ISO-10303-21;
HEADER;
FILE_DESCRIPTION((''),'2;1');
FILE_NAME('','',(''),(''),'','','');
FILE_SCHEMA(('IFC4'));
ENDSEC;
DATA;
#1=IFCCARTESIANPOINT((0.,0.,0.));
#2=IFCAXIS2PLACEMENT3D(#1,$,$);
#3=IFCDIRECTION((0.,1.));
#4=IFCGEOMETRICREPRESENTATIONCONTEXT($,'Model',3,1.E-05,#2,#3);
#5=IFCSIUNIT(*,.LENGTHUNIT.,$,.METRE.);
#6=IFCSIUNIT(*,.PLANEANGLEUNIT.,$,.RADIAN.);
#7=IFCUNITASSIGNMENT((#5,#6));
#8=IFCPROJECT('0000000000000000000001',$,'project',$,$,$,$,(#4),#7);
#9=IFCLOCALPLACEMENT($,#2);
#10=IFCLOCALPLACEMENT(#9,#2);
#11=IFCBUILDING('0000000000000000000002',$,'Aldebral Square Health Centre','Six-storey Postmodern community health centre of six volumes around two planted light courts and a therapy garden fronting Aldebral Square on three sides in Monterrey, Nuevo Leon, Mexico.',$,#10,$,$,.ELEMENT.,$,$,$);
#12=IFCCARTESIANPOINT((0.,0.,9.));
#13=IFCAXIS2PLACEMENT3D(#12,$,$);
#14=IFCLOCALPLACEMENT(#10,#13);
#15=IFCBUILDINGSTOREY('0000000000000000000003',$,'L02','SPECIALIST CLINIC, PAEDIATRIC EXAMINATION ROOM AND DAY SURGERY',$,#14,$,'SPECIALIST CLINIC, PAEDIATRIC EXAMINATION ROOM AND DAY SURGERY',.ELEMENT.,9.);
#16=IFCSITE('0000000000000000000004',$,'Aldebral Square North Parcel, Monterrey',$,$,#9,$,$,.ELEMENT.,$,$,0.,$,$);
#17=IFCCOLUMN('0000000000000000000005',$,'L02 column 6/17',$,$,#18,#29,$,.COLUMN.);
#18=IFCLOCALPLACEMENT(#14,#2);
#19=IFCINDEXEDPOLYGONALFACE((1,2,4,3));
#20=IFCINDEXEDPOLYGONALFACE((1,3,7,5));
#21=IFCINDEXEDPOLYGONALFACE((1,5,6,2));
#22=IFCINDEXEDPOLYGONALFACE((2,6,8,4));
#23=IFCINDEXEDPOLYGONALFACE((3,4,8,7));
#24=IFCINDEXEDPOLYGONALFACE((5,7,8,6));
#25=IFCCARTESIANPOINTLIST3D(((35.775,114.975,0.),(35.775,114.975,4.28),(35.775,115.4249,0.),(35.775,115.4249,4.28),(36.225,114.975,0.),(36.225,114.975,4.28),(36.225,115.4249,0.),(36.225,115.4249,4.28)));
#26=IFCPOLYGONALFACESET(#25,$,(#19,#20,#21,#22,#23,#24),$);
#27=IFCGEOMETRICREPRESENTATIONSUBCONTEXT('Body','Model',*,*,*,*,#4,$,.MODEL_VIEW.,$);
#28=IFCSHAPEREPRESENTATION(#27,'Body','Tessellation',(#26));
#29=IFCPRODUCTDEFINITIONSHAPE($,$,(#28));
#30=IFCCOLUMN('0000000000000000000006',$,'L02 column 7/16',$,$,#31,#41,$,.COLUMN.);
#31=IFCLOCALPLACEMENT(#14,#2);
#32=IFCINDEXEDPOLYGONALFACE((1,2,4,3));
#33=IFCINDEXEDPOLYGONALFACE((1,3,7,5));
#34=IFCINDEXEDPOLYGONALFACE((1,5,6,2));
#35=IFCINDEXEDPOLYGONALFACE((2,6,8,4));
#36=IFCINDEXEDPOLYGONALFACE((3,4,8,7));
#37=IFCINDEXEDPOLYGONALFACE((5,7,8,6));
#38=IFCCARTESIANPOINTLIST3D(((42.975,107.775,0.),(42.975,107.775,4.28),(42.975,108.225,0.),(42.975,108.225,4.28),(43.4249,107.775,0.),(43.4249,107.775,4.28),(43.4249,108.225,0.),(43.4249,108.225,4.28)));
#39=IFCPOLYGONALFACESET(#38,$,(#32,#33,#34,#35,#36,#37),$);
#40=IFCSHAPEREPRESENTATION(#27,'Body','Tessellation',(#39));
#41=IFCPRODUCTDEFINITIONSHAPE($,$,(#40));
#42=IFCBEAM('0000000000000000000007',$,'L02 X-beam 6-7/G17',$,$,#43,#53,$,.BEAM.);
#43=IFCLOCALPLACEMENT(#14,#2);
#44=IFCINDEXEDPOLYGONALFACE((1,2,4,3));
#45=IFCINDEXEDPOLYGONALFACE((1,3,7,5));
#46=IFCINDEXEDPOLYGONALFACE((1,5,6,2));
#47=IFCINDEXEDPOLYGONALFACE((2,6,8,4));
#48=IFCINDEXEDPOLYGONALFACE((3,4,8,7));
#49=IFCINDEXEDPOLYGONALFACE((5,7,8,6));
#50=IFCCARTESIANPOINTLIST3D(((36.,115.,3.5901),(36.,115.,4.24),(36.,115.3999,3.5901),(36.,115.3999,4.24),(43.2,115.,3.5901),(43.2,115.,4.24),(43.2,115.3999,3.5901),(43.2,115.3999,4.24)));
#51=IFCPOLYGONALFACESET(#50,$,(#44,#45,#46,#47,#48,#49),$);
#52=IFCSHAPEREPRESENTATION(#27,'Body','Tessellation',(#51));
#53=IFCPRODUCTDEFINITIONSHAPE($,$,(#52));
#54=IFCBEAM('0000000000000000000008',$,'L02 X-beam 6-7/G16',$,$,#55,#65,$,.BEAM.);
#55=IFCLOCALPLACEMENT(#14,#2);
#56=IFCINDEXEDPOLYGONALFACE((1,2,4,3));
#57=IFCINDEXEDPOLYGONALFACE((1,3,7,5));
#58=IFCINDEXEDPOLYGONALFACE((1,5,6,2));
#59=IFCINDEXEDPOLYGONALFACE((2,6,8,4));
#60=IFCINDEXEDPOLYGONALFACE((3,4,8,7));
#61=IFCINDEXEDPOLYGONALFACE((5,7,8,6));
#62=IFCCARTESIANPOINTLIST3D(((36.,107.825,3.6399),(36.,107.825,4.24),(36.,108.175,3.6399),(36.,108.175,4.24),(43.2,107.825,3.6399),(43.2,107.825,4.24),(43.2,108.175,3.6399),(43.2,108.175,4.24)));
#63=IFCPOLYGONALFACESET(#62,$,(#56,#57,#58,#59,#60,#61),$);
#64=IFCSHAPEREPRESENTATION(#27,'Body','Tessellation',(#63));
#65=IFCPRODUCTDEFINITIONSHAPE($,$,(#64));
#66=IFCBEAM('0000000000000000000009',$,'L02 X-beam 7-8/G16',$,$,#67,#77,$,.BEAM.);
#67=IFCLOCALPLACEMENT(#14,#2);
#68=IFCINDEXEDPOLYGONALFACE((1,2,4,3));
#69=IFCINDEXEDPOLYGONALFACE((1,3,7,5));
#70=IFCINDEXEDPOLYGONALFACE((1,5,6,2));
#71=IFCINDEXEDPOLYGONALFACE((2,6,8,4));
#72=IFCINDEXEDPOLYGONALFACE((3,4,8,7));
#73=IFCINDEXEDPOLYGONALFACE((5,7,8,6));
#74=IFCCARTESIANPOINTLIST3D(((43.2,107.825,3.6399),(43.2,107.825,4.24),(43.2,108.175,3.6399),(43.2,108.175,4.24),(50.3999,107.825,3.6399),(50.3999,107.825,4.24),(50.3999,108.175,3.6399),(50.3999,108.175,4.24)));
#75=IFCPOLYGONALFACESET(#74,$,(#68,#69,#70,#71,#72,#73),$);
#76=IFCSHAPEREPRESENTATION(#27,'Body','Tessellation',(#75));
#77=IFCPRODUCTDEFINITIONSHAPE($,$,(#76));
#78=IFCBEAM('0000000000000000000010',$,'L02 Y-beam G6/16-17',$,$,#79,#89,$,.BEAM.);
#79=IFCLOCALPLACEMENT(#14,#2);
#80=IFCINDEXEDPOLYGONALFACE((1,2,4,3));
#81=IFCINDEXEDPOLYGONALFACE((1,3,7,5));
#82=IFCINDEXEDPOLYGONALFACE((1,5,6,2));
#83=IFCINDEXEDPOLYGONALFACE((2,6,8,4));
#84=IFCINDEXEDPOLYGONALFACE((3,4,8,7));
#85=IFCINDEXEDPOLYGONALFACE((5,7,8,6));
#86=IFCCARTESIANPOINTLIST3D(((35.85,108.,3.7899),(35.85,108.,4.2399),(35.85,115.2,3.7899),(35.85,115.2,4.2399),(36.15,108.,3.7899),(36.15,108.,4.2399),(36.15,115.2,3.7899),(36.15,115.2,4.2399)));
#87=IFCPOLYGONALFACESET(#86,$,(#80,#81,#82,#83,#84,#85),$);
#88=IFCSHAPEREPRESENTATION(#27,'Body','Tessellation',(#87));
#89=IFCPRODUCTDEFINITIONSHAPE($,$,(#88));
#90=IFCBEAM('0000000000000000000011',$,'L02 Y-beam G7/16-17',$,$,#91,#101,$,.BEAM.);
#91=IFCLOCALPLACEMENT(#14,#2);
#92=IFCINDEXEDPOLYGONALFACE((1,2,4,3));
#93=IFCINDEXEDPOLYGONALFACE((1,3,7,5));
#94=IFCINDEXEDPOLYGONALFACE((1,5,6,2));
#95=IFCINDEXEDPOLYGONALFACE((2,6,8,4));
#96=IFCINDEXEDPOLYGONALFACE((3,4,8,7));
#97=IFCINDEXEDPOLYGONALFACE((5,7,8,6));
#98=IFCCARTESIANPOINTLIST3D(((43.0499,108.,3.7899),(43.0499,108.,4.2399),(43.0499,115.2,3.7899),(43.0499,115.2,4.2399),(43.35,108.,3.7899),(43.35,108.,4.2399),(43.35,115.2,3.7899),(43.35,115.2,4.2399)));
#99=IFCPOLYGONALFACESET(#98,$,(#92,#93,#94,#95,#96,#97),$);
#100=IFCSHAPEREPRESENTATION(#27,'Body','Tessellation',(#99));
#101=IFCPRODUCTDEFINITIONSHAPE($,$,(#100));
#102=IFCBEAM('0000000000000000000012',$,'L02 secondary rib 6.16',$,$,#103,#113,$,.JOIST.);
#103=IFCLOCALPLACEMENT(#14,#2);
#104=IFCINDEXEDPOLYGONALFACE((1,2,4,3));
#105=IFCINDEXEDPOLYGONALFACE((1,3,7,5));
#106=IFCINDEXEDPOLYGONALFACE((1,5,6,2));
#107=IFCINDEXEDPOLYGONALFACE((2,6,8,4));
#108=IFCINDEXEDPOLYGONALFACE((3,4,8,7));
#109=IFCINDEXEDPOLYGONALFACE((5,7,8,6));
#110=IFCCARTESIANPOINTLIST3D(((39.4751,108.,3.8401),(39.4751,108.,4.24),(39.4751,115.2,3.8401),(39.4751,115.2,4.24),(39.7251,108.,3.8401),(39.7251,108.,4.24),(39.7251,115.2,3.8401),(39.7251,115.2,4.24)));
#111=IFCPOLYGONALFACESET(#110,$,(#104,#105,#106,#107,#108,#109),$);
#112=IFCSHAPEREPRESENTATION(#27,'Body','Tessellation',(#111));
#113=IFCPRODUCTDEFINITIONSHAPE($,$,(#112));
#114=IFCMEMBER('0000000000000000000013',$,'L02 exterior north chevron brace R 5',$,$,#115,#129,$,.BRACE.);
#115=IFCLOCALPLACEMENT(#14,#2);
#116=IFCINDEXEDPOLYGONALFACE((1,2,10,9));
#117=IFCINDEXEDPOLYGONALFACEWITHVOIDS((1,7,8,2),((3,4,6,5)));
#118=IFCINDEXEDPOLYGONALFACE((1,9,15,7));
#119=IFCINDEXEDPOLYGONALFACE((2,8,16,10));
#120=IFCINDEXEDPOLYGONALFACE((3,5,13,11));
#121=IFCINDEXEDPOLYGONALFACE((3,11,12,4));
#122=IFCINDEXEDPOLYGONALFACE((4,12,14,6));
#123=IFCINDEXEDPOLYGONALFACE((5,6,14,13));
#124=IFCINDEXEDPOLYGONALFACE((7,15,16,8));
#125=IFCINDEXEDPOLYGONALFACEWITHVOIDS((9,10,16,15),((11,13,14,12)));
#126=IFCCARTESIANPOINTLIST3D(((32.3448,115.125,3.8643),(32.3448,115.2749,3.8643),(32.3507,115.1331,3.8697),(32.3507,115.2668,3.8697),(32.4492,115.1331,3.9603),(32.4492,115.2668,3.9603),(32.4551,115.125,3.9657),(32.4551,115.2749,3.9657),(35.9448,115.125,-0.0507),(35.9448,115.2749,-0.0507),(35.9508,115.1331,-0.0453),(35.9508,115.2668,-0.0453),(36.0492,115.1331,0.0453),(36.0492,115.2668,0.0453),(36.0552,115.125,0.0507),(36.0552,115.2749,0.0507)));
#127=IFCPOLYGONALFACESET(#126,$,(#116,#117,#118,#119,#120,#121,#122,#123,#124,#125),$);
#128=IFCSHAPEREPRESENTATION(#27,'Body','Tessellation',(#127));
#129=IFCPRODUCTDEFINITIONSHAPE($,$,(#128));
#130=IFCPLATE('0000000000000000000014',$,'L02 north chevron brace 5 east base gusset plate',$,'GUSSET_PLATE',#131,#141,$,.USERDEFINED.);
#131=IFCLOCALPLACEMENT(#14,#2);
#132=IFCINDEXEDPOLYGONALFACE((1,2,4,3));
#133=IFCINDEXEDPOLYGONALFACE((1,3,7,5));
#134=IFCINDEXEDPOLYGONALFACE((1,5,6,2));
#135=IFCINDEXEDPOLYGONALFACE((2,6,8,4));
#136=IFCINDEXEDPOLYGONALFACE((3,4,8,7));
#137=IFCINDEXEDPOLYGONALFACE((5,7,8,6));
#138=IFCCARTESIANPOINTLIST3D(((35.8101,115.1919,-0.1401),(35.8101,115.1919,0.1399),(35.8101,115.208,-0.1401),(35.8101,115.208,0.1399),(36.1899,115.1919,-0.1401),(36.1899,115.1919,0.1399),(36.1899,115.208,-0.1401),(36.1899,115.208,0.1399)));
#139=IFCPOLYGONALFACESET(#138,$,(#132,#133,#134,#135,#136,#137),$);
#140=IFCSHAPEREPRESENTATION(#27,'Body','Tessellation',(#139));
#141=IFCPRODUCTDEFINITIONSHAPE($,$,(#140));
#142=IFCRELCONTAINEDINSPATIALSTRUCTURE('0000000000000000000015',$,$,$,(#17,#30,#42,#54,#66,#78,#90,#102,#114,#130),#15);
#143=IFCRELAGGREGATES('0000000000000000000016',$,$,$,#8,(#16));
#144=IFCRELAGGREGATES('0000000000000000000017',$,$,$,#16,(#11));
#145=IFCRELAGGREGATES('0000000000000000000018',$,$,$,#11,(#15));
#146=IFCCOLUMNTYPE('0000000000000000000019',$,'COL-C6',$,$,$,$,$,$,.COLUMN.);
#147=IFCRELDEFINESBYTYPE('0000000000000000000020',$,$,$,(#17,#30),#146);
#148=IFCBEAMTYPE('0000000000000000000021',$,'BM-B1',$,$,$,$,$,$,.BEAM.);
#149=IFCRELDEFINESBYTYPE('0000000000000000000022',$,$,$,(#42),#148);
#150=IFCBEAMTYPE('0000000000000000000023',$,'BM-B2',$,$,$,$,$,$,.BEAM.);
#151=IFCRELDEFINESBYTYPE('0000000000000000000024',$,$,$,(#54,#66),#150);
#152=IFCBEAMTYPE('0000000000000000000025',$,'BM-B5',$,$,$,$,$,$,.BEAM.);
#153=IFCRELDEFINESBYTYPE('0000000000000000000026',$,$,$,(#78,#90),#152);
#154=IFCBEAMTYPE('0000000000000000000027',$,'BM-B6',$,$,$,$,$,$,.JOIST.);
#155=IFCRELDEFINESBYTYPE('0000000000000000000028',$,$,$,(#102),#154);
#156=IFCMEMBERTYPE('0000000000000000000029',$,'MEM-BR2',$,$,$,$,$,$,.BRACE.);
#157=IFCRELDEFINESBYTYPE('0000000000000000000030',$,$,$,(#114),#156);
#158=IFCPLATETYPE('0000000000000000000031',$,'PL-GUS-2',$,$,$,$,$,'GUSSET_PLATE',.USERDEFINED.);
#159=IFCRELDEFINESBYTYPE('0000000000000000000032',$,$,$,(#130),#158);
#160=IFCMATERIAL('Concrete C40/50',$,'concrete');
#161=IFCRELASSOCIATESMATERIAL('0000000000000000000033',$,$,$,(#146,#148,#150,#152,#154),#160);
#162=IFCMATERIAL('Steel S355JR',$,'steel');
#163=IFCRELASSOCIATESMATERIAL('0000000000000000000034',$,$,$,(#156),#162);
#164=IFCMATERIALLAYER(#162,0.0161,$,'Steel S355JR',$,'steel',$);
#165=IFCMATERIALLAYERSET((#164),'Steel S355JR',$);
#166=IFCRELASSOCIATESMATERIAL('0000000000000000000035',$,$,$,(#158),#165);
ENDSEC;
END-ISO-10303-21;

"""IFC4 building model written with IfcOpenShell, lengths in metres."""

from ifc_helpers import new_model, si_unit, direction, frame, origin, origin_2d, place, context, subcontext, project, spatial, rectangle, hollow_rectangle, extrude, material, layer, layer_set, material_profile, profile_set, type_object, element, save


model = new_model("IFC4")

# Units and contexts
model_context = context("Model", 3, precision=1e-05, world=origin(), true_north=direction((0.0, 1.0)))
body_context = subcontext(model_context, "Body", "Model", "MODEL_VIEW")
ifc_project = project(units=[si_unit("LENGTHUNIT", "METRE"), si_unit("PLANEANGLEUNIT", "RADIAN")], contexts=[model_context])

# Site, building, storey
site_placement = place(None, origin())
site = spatial("IfcSite", under=ifc_project, at=site_placement, Name="Aldebral Square North Parcel, Monterrey", CompositionType="ELEMENT", RefElevation=0.0)
building_placement = place(site_placement, origin())
building = spatial("IfcBuilding", under=site, at=building_placement, Name="Aldebral Square Health Centre", Description="Six-storey Postmodern community health centre of six volumes around two planted light courts and a therapy garden fronting Aldebral Square on three sides in Monterrey, Nuevo Leon, Mexico.", CompositionType="ELEMENT")
storey_placement = place(building_placement, frame((0.0, 0.0, 9.0)))
storey = spatial("IfcBuildingStorey", under=building, at=storey_placement, Name="L02", Description="SPECIALIST CLINIC, PAEDIATRIC EXAMINATION ROOM AND DAY SURGERY", LongName="SPECIALIST CLINIC, PAEDIATRIC EXAMINATION ROOM AND DAY SURGERY", CompositionType="ELEMENT", Elevation=9.0)

# Columns
ifc_material_1 = material(Name="Concrete C40/50", Category="concrete")
ifc_material_profile_1 = material_profile(ifc_material_1, rectangle(XDim=0.45, YDim=0.45, at=origin_2d()), Name="RC 450x450")
ifc_profile_set_1 = profile_set([ifc_material_profile_1], Name="Concrete C40/50")
column_type = type_object("IfcColumnType", Name="COL-C6", PredefinedType="COLUMN", material=ifc_profile_set_1)
for number, where, z_axis, x_axis, name in (
    (1, (36.0, 115.2, 0.0), (0.0, 0.0, 1.0), (1.0, 0.0, 0.0), "L02 column 6/17"),
    (2, (43.2, 108.0, 0.0), (0.0, 0.0, 1.0), (1.0, 0.0, 0.0), "L02 column 7/16"),
):
    element("IfcColumn", number, at=place(storey_placement, frame(where, z_axis=z_axis, x_axis=x_axis)), inside=storey, type_object=column_type, Name=name, PredefinedType="COLUMN", context=body_context, shape_type="SweptSolid", body=[
        extrude(rectangle(XDim=0.45, YDim=0.45, at=origin_2d()), origin(), (0.0, 0.0, 1.0), 4.28),
    ])

# Beams
ifc_material_profile_2 = material_profile(ifc_material_1, rectangle(XDim=0.3999, YDim=0.6499, at=origin_2d()), Name="RC 400x650")
ifc_profile_set_2 = profile_set([ifc_material_profile_2], Name="Concrete C40/50")
beam_type_1 = type_object("IfcBeamType", Name="BM-B1", PredefinedType="BEAM", material=ifc_profile_set_2)
beam_1_placement = place(storey_placement, frame((36.0, 115.2, 3.915), z_axis=(1.0, 0.0, 0.0), x_axis=(0.0, 1.0, 0.0)))
element("IfcBeam", 3, at=beam_1_placement, inside=storey, type_object=beam_type_1, Name="L02 X-beam 6-7/G17", PredefinedType="BEAM", context=body_context, shape_type="SweptSolid", body=[
    extrude(rectangle(XDim=0.3999, YDim=0.6499, at=origin_2d()), origin(), (0.0, 0.0, 1.0), 7.2),
])
ifc_material_profile_3 = material_profile(ifc_material_1, rectangle(XDim=0.3501, YDim=0.6001, at=origin_2d()), Name="RC 350x600")
ifc_profile_set_3 = profile_set([ifc_material_profile_3], Name="Concrete C40/50")
beam_type_2 = type_object("IfcBeamType", Name="BM-B2", PredefinedType="BEAM", material=ifc_profile_set_3)
for number, where, z_axis, x_axis, name in (
    (4, (36.0, 108.0, 3.9399), (1.0, 0.0, 0.0), (0.0, 1.0, 0.0), "L02 X-beam 6-7/G16"),
    (5, (43.2, 108.0, 3.9399), (1.0, 0.0, 0.0), (0.0, 1.0, 0.0), "L02 X-beam 7-8/G16"),
):
    element("IfcBeam", number, at=place(storey_placement, frame(where, z_axis=z_axis, x_axis=x_axis)), inside=storey, type_object=beam_type_2, Name=name, PredefinedType="BEAM", context=body_context, shape_type="SweptSolid", body=[
        extrude(rectangle(XDim=0.3501, YDim=0.6001, at=origin_2d()), origin(), (0.0, 0.0, 1.0), 7.2),
    ])
ifc_material_profile_4 = material_profile(ifc_material_1, rectangle(XDim=0.3, YDim=0.45, at=origin_2d()), Name="RC 300x450")
ifc_profile_set_4 = profile_set([ifc_material_profile_4], Name="Concrete C40/50")
beam_type_3 = type_object("IfcBeamType", Name="BM-B5", PredefinedType="BEAM", material=ifc_profile_set_4)
for number, where, z_axis, x_axis, name in (
    (6, (36.0, 108.0, 4.0149), (0.0, 1.0, 0.0), (-1.0, 0.0, 0.0), "L02 Y-beam G6/16-17"),
    (7, (43.2, 108.0, 4.0149), (0.0, 1.0, 0.0), (-1.0, 0.0, 0.0), "L02 Y-beam G7/16-17"),
):
    element("IfcBeam", number, at=place(storey_placement, frame(where, z_axis=z_axis, x_axis=x_axis)), inside=storey, type_object=beam_type_3, Name=name, PredefinedType="BEAM", context=body_context, shape_type="SweptSolid", body=[
        extrude(rectangle(XDim=0.3, YDim=0.45, at=origin_2d()), origin(), (0.0, 0.0, 1.0), 7.2),
    ])
ifc_material_profile_5 = material_profile(ifc_material_1, rectangle(XDim=0.25, YDim=0.3999, at=origin_2d()), Name="RC 250x400")
ifc_profile_set_5 = profile_set([ifc_material_profile_5], Name="Concrete C40/50")
beam_type_4 = type_object("IfcBeamType", Name="BM-B6", PredefinedType="JOIST", material=ifc_profile_set_5)
beam_2_placement = place(storey_placement, frame((39.6001, 108.0, 4.04), z_axis=(0.0, 1.0, 0.0), x_axis=(-1.0, 0.0, 0.0)))
element("IfcBeam", 8, at=beam_2_placement, inside=storey, type_object=beam_type_4, Name="L02 secondary rib 6.16", PredefinedType="JOIST", context=body_context, shape_type="SweptSolid", body=[
    extrude(rectangle(XDim=0.25, YDim=0.3999, at=origin_2d()), origin(), (0.0, 0.0, 1.0), 7.2),
])

# Member
ifc_material_2 = material(Name="Steel S355JR", Category="steel")
ifc_material_profile_6 = material_profile(ifc_material_2, hollow_rectangle(XDim=0.1499, YDim=0.1499, WallThickness=0.0081, at=origin_2d()), Name="150x150x8 SHS")
ifc_profile_set_6 = profile_set([ifc_material_profile_6], Name="Steel S355JR")
member_type = type_object("IfcMemberType", Name="MEM-BR2", PredefinedType="BRACE", material=ifc_profile_set_6)
member_placement = place(storey_placement, frame((36.0, 115.2, 0.0), z_axis=(-0.67688, 0.0, 0.736094), x_axis=(0.0, -1.0, 0.0)))
element("IfcMember", 9, at=member_placement, inside=storey, type_object=member_type, Name="L02 exterior north chevron brace R 5", PredefinedType="BRACE", context=body_context, shape_type="SweptSolid", body=[
    extrude(hollow_rectangle(XDim=0.1499, YDim=0.1499, WallThickness=0.0081, at=origin_2d()), origin(), (0.0, 0.0, 1.0), 5.3186),
])

# Plate
ifc_layer_1 = layer(ifc_material_2, 0.0161, Name="Steel S355JR", Category="steel")
ifc_layer_set_1 = layer_set([ifc_layer_1], Name="Steel S355JR")
plate_type = type_object("IfcPlateType", Name="PL-GUS-2", ElementType="GUSSET_PLATE", PredefinedType="USERDEFINED", material=ifc_layer_set_1)
plate_placement = place(storey_placement, frame((36.0, 115.2, -0.1401), z_axis=(0.0, 0.0, 1.0), x_axis=(1.0, 0.0, 0.0)))
element("IfcPlate", 10, at=plate_placement, inside=storey, type_object=plate_type, Name="L02 north chevron brace 5 east base gusset plate", ObjectType="GUSSET_PLATE", PredefinedType="USERDEFINED", context=body_context, shape_type="SweptSolid", body=[
    extrude(rectangle(XDim=0.3799, YDim=0.0161, at=origin_2d()), origin(), (0.0, 0.0, 1.0), 0.28),
])

save(model, "model.ifc")
